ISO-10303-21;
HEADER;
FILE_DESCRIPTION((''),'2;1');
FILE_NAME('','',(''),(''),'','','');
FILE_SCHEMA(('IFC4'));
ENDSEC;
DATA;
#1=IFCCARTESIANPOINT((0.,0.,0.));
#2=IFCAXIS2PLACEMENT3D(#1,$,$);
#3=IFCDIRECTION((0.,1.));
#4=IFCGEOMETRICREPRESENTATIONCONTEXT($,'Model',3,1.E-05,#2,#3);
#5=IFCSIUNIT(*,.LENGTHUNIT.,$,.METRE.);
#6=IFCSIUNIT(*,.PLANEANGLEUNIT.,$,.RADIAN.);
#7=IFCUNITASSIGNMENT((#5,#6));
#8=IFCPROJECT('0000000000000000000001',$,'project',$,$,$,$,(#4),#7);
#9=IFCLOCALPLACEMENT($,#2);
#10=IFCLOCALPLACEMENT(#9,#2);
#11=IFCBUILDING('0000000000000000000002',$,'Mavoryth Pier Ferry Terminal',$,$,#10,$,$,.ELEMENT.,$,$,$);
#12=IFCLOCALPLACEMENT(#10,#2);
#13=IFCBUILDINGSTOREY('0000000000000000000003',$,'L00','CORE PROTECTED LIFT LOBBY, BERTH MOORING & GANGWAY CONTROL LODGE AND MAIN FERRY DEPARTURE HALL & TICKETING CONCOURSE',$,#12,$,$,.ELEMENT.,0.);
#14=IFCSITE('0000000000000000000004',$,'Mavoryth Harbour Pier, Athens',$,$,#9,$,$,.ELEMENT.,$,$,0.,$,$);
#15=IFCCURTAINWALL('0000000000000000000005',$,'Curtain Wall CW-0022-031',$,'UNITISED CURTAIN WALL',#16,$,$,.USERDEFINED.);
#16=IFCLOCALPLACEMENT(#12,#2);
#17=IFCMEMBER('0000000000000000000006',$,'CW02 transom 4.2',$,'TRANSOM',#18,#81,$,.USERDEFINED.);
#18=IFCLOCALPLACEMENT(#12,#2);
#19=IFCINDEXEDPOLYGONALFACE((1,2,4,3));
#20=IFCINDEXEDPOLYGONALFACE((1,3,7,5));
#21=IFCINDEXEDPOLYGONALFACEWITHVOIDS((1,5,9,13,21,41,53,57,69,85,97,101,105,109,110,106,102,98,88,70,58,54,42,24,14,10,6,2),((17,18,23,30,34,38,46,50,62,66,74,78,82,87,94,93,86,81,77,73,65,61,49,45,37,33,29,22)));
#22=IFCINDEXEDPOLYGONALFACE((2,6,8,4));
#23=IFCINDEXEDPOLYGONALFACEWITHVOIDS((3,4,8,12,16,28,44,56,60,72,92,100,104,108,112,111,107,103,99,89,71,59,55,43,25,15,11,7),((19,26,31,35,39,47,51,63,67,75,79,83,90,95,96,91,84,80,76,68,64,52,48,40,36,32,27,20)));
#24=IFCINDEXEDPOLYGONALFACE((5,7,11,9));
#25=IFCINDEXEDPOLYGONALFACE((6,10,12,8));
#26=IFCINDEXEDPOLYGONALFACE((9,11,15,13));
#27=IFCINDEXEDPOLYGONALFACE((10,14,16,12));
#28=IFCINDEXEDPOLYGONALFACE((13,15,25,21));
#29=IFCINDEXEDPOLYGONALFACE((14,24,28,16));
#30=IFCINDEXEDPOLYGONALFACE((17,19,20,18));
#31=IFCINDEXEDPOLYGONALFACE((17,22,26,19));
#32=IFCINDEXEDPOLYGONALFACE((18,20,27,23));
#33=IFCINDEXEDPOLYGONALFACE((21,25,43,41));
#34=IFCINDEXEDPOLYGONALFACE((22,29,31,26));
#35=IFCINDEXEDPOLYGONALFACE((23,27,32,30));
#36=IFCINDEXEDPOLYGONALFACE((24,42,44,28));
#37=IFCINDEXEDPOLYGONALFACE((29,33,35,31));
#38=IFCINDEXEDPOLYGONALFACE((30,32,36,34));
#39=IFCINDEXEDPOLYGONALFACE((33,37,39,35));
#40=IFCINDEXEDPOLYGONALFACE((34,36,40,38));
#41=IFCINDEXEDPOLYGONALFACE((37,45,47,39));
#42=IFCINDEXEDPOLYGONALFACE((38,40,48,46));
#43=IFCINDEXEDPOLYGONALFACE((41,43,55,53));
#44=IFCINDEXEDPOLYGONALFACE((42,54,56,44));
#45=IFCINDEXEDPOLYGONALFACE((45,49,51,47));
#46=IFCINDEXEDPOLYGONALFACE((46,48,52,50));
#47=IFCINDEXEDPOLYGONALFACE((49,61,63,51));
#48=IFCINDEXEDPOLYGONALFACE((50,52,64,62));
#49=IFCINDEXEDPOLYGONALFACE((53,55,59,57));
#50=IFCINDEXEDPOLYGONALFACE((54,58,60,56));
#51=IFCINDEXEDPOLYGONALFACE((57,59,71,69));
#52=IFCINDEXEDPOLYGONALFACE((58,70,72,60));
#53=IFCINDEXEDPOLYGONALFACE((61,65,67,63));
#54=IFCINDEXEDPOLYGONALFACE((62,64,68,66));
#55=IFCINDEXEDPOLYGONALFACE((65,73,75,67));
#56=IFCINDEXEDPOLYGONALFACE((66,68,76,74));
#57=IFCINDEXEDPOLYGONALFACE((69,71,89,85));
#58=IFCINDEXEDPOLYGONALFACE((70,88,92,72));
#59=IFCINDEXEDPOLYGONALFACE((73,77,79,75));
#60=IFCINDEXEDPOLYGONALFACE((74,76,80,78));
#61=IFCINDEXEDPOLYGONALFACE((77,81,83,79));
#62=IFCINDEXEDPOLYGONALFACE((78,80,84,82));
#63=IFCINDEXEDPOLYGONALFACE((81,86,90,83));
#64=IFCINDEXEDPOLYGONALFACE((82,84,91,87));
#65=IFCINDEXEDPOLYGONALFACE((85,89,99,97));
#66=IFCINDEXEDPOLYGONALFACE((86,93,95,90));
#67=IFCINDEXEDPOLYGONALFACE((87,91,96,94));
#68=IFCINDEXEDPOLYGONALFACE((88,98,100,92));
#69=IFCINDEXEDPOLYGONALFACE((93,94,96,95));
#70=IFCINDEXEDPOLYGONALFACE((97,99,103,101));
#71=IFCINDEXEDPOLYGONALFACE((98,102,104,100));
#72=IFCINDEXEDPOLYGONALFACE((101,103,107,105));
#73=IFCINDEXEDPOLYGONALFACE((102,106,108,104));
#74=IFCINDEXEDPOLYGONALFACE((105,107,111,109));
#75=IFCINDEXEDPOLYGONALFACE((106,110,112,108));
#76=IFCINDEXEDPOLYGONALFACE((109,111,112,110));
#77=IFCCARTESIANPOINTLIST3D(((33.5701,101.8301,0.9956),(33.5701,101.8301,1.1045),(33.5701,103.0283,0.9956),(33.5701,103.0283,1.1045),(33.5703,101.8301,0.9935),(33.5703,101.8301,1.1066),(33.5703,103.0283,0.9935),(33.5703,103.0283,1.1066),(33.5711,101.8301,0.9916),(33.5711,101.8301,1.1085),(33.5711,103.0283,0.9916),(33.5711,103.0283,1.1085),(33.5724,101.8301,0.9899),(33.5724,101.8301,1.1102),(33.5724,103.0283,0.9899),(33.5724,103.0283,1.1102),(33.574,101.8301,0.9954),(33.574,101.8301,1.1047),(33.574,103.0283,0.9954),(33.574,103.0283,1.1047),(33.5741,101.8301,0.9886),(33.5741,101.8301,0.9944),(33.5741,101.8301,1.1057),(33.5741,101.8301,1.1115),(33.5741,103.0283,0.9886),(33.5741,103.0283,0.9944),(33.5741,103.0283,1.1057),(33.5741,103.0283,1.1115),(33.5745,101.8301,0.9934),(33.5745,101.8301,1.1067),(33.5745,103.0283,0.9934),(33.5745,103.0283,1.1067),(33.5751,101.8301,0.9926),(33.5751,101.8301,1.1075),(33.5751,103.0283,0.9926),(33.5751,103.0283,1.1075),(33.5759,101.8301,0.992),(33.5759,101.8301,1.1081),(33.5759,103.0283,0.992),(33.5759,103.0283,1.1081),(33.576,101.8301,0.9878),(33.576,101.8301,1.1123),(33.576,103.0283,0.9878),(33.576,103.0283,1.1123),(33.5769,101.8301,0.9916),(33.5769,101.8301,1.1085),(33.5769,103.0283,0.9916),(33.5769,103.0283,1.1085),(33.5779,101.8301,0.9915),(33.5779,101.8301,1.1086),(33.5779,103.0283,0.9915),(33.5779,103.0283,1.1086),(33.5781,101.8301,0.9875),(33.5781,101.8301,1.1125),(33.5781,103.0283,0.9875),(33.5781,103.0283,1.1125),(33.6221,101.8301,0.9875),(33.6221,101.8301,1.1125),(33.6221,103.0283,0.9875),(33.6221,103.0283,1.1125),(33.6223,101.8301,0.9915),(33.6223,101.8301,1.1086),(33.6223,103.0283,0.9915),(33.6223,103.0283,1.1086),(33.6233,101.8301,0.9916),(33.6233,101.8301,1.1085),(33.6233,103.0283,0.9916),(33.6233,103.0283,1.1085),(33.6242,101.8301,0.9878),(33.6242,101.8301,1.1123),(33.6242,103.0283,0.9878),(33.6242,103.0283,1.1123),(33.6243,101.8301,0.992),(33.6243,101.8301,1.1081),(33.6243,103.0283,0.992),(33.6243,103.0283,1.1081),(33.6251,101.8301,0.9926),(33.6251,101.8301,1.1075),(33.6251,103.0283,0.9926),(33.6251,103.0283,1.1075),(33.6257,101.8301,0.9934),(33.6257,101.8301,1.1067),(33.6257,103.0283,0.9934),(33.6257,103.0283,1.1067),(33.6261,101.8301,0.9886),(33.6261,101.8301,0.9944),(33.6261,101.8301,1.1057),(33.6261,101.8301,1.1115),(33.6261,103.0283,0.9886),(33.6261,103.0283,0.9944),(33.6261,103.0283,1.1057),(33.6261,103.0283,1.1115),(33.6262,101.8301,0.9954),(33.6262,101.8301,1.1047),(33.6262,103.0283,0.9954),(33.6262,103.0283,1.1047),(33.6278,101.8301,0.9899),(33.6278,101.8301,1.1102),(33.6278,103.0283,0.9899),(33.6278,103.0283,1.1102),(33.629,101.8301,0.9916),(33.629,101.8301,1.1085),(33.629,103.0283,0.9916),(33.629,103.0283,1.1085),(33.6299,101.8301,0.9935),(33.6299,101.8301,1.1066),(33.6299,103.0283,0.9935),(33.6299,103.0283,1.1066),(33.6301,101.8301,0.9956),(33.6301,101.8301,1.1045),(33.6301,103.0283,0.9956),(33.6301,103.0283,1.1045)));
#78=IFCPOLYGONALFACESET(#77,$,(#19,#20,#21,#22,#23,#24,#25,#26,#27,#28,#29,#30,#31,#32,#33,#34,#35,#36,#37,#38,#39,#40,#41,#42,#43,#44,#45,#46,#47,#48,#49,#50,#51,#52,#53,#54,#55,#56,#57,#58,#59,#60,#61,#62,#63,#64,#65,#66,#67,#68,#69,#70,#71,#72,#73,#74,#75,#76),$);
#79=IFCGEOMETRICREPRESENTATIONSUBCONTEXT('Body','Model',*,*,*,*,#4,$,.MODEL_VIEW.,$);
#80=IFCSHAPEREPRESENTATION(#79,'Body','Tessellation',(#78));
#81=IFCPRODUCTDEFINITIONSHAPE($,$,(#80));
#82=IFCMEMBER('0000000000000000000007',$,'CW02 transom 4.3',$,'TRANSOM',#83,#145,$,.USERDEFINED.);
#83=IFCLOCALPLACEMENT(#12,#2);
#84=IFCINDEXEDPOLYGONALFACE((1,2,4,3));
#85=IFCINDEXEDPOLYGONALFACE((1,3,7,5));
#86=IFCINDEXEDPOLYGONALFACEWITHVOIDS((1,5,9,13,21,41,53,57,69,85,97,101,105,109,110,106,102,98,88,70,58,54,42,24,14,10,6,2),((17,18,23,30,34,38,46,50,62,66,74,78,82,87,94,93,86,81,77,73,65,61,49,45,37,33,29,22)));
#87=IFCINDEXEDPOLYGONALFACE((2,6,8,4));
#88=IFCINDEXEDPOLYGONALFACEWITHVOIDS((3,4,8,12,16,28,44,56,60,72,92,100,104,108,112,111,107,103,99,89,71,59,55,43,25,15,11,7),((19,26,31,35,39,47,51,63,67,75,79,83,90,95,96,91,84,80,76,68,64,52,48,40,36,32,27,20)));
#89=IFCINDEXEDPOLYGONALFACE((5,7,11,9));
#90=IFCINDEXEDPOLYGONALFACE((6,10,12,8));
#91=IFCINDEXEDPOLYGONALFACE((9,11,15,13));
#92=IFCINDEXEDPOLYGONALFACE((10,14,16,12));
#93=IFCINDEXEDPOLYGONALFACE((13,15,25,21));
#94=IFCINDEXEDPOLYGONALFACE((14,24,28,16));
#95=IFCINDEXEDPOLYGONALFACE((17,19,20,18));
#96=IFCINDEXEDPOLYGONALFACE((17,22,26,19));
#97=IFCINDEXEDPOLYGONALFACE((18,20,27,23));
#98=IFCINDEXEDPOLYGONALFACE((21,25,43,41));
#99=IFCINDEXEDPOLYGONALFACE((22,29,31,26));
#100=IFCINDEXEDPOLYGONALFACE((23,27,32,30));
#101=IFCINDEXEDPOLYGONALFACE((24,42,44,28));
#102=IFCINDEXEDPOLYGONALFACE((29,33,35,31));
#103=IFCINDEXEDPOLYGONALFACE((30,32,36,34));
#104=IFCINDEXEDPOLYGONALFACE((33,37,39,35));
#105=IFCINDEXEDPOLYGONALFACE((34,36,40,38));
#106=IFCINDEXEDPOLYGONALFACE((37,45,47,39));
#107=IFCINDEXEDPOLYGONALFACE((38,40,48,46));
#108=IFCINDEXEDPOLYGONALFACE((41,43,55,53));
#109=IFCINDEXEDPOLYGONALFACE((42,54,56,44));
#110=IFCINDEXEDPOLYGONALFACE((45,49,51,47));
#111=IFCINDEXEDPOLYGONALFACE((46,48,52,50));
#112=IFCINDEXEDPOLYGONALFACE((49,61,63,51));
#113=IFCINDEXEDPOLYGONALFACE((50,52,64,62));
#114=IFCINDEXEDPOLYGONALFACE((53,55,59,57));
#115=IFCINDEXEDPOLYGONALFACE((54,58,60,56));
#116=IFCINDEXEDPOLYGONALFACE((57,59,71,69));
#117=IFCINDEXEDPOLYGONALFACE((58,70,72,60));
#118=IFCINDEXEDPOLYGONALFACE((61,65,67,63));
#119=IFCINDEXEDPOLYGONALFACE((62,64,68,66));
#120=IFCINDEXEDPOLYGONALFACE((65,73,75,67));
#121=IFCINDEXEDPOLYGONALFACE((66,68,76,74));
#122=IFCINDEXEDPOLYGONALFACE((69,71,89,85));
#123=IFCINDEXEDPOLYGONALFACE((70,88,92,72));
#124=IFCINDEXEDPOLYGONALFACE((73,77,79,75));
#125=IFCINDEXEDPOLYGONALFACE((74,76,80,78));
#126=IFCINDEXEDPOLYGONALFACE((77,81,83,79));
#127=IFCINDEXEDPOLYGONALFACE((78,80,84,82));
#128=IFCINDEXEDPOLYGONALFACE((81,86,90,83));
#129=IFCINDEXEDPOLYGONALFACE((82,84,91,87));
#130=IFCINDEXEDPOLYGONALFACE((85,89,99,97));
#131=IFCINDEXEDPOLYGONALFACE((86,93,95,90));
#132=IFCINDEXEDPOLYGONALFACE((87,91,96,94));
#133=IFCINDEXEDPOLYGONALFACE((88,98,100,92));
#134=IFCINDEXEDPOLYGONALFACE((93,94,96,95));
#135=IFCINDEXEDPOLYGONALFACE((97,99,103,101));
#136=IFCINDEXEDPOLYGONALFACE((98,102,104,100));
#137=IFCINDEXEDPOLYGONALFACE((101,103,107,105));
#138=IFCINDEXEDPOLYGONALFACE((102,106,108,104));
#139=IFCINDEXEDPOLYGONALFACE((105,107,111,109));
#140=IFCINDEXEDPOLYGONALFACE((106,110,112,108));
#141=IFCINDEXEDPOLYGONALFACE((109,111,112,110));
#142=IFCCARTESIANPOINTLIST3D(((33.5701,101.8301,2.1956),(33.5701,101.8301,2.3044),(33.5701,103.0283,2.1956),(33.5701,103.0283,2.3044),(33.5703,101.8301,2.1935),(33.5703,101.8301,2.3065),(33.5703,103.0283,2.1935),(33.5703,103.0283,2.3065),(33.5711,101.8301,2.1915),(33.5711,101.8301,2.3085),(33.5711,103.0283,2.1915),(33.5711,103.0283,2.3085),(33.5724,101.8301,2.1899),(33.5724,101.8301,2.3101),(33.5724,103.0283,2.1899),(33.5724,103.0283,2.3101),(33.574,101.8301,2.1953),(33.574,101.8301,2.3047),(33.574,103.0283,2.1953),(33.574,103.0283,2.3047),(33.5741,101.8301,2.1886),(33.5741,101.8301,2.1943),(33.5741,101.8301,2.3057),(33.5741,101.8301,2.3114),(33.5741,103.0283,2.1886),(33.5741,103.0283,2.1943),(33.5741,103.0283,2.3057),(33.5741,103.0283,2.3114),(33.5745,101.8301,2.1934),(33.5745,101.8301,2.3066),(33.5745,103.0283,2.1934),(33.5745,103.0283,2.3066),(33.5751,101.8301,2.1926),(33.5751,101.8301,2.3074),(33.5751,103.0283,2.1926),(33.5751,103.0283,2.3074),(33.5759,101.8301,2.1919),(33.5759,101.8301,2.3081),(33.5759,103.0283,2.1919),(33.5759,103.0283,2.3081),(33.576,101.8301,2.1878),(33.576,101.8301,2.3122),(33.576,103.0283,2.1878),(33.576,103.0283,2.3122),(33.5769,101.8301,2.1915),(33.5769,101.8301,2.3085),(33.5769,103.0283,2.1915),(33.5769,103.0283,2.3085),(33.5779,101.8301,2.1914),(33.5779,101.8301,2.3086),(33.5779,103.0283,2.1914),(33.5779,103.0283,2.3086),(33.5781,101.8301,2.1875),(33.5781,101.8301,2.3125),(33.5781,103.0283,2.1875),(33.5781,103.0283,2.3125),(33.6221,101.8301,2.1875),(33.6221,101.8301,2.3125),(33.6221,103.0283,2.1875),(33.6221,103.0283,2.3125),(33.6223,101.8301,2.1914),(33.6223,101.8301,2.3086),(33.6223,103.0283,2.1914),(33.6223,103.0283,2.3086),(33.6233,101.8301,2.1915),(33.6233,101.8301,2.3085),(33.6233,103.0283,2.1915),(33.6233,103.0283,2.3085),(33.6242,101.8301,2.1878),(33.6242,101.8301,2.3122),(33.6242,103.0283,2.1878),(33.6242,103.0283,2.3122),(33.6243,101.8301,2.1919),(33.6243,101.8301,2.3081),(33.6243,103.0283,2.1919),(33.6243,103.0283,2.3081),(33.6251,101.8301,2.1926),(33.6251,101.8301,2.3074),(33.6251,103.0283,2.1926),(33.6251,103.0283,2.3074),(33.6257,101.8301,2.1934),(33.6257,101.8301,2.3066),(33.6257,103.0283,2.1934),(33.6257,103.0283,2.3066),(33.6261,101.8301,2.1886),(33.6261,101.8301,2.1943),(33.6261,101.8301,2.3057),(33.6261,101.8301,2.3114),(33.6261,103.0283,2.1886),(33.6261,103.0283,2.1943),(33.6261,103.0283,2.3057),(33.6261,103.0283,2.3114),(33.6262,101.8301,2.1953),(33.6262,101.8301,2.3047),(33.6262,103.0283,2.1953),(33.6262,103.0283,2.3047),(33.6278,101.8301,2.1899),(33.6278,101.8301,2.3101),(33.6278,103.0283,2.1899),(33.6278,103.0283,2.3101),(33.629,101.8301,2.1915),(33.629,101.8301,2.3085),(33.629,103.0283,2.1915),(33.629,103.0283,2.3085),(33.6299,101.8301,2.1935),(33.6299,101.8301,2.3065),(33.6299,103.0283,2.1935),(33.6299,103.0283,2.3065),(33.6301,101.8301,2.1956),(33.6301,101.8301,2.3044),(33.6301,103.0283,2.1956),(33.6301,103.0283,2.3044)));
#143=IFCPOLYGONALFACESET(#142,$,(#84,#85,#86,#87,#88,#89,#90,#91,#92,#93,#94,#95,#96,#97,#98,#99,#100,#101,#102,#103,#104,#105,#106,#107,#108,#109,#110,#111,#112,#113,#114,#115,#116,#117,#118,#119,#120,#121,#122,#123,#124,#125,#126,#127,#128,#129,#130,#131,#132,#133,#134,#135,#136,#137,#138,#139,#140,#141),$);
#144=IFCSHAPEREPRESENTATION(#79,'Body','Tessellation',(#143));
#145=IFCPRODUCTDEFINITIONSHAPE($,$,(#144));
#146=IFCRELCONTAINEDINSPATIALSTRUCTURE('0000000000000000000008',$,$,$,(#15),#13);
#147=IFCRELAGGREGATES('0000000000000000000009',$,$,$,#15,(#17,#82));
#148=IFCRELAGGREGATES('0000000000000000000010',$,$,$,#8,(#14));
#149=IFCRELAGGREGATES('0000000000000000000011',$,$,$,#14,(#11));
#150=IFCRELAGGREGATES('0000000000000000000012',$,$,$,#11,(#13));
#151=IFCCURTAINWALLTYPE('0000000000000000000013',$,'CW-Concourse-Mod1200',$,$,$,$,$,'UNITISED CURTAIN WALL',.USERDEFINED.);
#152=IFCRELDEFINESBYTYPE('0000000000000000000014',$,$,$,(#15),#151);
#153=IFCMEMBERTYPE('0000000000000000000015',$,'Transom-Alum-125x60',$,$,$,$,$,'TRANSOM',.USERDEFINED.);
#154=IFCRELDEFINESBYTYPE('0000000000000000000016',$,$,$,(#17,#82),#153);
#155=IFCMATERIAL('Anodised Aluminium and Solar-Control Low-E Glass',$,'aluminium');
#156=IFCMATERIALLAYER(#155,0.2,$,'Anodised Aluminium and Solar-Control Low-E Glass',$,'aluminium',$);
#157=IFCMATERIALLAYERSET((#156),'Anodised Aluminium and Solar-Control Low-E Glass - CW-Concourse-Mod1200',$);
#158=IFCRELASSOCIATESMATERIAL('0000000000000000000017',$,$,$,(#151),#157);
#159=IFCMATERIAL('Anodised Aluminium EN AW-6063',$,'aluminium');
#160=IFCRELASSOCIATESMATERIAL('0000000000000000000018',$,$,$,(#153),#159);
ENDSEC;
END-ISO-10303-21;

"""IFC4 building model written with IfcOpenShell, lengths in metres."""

from ifc_helpers import new_model, si_unit, direction, frame, origin, origin_2d, place, context, subcontext, project, spatial, hollow_rectangle, extrude, material, layer, layer_set, material_profile, profile_set, type_object, element, aggregate, save


model = new_model("IFC4")

# Units and contexts
model_context = context("Model", 3, precision=1e-05, world=origin(), true_north=direction((0.0, 1.0)))
body_context = subcontext(model_context, "Body", "Model", "MODEL_VIEW")
ifc_project = project(units=[si_unit("LENGTHUNIT", "METRE"), si_unit("PLANEANGLEUNIT", "RADIAN")], contexts=[model_context])

# Site, building, storey
site_placement = place(None, origin())
site = spatial("IfcSite", under=ifc_project, at=site_placement, Name="Mavoryth Harbour Pier, Athens", CompositionType="ELEMENT", RefElevation=0.0)
building_placement = place(site_placement, origin())
building = spatial("IfcBuilding", under=site, at=building_placement, Name="Mavoryth Pier Ferry Terminal", CompositionType="ELEMENT")
storey_placement = place(building_placement, origin())
storey = spatial("IfcBuildingStorey", under=building, at=storey_placement, Name="L00", Description="CORE PROTECTED LIFT LOBBY, BERTH MOORING & GANGWAY CONTROL LODGE AND MAIN FERRY DEPARTURE HALL & TICKETING CONCOURSE", CompositionType="ELEMENT", Elevation=0.0)

# Curtain wall, members
ifc_material_1 = material(Name="Anodised Aluminium and Solar-Control Low-E Glass", Category="aluminium")
ifc_layer_1 = layer(ifc_material_1, 0.2, Name="Anodised Aluminium and Solar-Control Low-E Glass", Category="aluminium")
ifc_layer_set_1 = layer_set([ifc_layer_1], Name="Anodised Aluminium and Solar-Control Low-E Glass - CW-Concourse-Mod1200")
curtain_wall_type = type_object("IfcCurtainWallType", Name="CW-Concourse-Mod1200", ElementType="UNITISED CURTAIN WALL", PredefinedType="USERDEFINED", material=ifc_layer_set_1)
curtain_wall_placement = place(storey_placement, origin())
curtain_wall = element("IfcCurtainWall", 1, at=curtain_wall_placement, inside=storey, type_object=curtain_wall_type, Name="Curtain Wall CW-0022-031", ObjectType="UNITISED CURTAIN WALL", PredefinedType="USERDEFINED")
ifc_material_2 = material(Name="Anodised Aluminium EN AW-6063", Category="aluminium")
ifc_material_profile_1 = material_profile(ifc_material_2, hollow_rectangle(XDim=0.0601, YDim=0.125, WallThickness=0.0039, InnerFilletRadius=0.0039, OuterFilletRadius=0.0081, at=origin_2d()), Name="AL-TRAN 125x60x4", Category="aluminium")
ifc_profile_set_1 = profile_set([ifc_material_profile_1], Name="Anodised Aluminium EN AW-6063 - AL-TRAN 125x60x4")
member_type_1 = type_object("IfcMemberType", Name="Transom-Alum-125x60", ElementType="TRANSOM", PredefinedType="USERDEFINED", material=ifc_profile_set_1)
member_1_placement = place(storey_placement, frame((33.6001, 101.8301, 1.05), z_axis=(0.0, 1.0, 0.0), x_axis=(-1.0, 0.0, 0.0)))
member_1 = element("IfcMember", 2, at=member_1_placement, type_object=member_type_1, Name="CW02 transom 4.2", ObjectType="TRANSOM", PredefinedType="USERDEFINED", context=body_context, shape_type="SweptSolid", body=[
    extrude(hollow_rectangle(XDim=0.0601, YDim=0.125, WallThickness=0.0039, InnerFilletRadius=0.0039, OuterFilletRadius=0.0081, at=origin_2d()), origin(), (0.0, 0.0, 1.0), 1.1982),
])
member_2_placement = place(storey_placement, frame((33.6001, 101.8301, 2.25), z_axis=(0.0, 1.0, 0.0), x_axis=(-1.0, 0.0, 0.0)))
member_2 = element("IfcMember", 3, at=member_2_placement, type_object=member_type_1, Name="CW02 transom 4.3", ObjectType="TRANSOM", PredefinedType="USERDEFINED", context=body_context, shape_type="SweptSolid", body=[
    extrude(hollow_rectangle(XDim=0.0601, YDim=0.125, WallThickness=0.0039, InnerFilletRadius=0.0039, OuterFilletRadius=0.0081, at=origin_2d()), origin(), (0.0, 0.0, 1.0), 1.1982),
])
aggregate(curtain_wall, [member_1, member_2])

save(model, "model.ifc")
